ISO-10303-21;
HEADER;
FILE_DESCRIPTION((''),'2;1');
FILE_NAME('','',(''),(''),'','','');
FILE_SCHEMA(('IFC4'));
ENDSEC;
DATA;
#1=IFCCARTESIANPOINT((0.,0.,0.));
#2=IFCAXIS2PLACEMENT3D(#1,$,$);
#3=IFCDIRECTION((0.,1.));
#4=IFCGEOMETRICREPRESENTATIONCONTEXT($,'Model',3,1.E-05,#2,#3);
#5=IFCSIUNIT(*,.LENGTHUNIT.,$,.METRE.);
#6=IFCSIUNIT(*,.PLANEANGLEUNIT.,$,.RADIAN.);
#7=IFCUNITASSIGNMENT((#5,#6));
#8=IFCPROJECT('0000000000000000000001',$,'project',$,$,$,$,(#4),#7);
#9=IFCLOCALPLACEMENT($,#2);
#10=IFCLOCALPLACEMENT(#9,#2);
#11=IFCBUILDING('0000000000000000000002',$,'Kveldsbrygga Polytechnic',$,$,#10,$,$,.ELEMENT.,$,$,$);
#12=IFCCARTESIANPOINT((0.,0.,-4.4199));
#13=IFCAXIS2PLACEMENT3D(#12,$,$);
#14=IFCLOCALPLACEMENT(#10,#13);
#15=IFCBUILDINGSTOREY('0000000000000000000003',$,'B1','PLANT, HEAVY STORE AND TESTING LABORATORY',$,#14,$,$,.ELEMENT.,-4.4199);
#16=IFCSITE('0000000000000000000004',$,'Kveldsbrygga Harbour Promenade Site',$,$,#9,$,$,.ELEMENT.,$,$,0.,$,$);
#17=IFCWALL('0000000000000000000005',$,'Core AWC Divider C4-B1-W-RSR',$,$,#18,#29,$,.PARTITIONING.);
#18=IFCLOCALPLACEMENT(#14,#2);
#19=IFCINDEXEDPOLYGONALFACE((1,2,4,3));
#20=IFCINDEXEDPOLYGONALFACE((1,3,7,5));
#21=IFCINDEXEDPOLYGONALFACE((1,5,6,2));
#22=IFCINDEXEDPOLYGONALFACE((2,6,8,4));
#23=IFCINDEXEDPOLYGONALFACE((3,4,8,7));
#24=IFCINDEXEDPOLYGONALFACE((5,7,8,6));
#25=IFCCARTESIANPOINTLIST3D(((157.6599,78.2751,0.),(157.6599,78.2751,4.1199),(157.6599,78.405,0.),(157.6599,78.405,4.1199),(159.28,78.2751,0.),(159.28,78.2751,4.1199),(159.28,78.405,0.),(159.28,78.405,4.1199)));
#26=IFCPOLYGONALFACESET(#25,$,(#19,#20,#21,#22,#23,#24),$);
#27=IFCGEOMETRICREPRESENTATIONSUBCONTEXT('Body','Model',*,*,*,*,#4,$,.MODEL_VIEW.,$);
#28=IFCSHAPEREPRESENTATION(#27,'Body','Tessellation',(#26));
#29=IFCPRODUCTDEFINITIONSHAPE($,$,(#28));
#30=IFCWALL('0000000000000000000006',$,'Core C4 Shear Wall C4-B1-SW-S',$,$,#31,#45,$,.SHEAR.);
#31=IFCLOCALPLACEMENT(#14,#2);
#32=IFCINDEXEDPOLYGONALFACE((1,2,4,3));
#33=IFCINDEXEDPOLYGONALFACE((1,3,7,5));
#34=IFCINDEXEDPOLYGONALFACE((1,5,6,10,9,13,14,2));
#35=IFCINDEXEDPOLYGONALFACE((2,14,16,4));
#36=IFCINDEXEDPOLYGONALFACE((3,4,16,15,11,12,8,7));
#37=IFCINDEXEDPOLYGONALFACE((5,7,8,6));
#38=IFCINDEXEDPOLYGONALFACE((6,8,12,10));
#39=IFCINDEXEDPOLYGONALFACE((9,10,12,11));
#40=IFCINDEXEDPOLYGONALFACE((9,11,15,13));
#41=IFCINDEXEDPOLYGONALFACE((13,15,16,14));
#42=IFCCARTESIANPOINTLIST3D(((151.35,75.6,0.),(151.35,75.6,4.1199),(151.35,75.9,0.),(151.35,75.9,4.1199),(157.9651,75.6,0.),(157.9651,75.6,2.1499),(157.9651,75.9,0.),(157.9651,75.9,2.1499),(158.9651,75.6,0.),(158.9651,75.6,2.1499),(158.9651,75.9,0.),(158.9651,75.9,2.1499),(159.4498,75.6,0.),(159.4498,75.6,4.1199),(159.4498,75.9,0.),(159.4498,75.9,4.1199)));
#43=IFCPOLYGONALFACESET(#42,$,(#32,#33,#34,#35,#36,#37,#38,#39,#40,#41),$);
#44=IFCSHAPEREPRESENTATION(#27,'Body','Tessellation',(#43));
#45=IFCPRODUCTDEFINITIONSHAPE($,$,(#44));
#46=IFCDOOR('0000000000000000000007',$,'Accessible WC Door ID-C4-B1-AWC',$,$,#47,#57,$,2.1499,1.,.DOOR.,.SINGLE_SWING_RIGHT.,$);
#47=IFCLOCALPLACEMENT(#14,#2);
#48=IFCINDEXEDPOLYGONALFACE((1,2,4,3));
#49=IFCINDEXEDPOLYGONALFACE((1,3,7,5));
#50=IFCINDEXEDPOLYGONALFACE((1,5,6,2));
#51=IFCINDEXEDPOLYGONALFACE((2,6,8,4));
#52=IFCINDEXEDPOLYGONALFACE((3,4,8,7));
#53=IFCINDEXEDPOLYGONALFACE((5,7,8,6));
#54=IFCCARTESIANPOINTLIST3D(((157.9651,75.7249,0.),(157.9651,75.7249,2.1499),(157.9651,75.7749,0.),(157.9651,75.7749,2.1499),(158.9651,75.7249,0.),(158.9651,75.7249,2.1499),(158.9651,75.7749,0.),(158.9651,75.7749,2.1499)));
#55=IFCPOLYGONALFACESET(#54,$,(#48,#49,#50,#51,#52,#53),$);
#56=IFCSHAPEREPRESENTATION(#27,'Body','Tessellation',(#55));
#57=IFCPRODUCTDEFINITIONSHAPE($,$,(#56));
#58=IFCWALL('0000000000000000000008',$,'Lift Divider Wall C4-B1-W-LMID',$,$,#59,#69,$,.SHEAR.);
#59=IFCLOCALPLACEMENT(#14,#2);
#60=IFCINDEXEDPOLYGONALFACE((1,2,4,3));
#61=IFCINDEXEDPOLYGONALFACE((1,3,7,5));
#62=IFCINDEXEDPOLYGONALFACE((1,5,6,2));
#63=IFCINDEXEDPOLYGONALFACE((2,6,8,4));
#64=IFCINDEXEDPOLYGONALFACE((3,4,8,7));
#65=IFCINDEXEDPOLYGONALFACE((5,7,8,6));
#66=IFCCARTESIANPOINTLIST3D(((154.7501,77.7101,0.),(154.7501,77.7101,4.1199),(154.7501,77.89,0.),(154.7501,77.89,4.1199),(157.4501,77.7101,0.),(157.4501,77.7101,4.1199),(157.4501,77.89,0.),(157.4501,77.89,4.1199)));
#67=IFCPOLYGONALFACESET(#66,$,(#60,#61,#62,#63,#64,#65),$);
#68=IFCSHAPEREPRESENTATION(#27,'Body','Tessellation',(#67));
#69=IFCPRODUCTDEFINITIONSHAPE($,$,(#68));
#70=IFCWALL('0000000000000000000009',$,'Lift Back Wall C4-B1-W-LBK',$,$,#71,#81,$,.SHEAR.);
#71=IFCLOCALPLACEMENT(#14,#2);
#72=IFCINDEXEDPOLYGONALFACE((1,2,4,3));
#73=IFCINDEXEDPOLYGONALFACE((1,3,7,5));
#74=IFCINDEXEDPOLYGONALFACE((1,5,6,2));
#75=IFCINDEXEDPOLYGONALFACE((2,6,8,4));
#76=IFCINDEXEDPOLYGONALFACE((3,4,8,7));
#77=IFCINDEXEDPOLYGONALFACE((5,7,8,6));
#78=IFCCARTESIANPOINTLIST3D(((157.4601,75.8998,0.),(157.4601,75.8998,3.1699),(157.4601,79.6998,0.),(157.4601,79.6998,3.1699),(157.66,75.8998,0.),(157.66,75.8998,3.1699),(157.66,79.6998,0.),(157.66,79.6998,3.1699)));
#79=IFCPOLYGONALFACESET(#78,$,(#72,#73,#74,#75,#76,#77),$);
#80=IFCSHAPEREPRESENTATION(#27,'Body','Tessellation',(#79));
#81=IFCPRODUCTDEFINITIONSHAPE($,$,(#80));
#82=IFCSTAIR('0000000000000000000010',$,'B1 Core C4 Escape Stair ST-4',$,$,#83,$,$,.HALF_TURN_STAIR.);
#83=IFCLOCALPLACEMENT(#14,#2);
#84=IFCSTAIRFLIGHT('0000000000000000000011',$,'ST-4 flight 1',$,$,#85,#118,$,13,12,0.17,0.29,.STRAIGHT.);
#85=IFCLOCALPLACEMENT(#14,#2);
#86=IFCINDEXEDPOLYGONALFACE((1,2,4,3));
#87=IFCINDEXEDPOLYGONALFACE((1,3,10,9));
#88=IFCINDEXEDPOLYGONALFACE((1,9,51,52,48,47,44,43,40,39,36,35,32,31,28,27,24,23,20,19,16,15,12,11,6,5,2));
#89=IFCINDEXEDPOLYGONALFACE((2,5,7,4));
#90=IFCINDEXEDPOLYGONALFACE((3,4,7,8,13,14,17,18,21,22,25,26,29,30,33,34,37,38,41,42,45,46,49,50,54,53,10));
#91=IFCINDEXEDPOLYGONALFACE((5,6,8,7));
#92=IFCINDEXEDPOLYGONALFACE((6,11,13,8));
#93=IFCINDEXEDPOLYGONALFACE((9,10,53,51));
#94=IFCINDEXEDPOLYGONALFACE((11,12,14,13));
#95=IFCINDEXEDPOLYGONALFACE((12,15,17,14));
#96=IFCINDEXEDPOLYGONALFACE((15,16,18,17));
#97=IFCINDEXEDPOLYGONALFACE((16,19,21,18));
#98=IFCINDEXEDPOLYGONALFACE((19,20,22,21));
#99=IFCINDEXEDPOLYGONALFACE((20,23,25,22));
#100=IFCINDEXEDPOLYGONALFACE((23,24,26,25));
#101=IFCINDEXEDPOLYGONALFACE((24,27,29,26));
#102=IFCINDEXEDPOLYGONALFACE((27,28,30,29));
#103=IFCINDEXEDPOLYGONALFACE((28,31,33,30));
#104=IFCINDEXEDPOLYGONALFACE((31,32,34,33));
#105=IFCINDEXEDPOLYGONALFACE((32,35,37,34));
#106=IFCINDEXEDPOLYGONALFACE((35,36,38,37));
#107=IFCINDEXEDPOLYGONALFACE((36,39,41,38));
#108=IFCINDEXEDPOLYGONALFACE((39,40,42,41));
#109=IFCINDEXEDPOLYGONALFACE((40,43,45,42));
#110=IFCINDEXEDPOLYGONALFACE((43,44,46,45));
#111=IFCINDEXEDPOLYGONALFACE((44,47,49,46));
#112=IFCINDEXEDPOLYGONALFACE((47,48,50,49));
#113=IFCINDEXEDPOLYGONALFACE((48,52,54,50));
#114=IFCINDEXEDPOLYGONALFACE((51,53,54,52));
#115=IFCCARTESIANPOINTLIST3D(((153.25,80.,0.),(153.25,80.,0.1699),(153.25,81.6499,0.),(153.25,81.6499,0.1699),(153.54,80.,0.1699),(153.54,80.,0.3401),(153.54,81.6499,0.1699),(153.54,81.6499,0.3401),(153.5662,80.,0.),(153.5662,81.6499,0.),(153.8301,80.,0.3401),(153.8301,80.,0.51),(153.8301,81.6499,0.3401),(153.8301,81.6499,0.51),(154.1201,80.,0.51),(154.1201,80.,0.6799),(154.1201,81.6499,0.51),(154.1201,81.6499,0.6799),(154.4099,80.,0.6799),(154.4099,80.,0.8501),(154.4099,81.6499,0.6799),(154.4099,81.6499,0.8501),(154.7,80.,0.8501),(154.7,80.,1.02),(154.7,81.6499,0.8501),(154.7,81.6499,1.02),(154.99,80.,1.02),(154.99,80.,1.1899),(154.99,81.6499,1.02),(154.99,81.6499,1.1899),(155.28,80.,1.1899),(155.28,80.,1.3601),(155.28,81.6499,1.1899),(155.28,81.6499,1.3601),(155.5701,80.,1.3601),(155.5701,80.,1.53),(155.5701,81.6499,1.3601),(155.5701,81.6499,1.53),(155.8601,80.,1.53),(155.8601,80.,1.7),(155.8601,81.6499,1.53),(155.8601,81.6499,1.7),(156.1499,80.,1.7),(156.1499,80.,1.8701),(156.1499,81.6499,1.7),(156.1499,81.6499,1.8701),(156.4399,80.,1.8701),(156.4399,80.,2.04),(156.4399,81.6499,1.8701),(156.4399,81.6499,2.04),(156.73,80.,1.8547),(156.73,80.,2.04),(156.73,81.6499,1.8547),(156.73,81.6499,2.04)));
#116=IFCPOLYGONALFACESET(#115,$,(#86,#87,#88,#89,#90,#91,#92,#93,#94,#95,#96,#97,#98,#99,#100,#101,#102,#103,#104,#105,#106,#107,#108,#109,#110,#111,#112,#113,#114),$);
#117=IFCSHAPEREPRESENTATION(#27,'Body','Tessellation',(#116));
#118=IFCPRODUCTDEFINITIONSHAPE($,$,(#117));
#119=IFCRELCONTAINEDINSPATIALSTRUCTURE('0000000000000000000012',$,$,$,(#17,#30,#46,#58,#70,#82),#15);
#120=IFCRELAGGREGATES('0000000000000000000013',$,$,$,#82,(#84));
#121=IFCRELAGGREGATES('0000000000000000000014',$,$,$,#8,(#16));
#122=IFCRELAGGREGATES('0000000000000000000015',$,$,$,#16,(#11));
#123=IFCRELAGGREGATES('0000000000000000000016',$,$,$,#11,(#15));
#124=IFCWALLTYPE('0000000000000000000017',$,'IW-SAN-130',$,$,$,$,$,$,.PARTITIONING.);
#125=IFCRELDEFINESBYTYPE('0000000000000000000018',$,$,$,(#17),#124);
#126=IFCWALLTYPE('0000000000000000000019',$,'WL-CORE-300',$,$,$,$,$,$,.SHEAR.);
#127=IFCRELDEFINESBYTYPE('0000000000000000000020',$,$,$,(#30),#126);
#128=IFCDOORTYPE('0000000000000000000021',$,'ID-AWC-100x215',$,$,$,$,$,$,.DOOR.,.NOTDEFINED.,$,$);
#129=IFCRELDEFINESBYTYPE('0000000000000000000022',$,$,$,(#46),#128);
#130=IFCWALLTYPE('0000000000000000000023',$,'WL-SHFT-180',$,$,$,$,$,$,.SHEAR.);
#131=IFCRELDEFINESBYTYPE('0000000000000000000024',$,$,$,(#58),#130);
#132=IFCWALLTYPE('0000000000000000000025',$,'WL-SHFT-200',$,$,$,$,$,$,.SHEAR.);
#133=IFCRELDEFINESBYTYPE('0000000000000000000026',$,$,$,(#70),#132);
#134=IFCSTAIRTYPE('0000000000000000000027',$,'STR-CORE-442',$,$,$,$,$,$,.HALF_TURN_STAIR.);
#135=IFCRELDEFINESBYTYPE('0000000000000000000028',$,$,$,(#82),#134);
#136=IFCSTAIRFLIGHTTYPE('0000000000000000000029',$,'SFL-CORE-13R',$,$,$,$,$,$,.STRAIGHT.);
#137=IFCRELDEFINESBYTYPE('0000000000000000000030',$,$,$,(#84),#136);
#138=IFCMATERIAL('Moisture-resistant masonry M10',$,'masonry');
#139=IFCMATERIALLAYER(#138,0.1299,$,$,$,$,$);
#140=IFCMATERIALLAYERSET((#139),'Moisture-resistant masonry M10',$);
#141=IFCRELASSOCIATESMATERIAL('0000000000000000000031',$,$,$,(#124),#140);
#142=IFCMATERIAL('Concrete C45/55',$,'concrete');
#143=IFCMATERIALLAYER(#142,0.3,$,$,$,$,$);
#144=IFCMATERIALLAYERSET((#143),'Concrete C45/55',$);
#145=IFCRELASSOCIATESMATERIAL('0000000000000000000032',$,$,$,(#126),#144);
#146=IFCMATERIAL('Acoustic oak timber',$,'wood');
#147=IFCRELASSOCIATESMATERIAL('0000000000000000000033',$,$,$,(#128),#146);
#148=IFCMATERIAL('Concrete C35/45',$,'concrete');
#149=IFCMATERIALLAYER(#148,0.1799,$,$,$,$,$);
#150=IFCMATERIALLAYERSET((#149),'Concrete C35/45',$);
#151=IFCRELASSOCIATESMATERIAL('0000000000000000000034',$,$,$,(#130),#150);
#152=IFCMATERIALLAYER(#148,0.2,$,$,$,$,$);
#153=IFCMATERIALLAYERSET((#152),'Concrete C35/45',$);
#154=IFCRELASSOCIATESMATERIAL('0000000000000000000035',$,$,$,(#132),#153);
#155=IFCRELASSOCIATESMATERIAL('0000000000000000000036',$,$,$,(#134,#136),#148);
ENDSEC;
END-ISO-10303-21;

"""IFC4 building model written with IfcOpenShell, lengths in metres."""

from ifc_helpers import new_model, si_unit, direction, frame, frame_2d, origin, place, context, subcontext, project, spatial, polyline, rectangle, outline, extrude, material, layer, layer_set, type_object, element, fill, aggregate, save


model = new_model("IFC4")

# Units and contexts
model_context = context("Model", 3, precision=1e-05, world=origin(), true_north=direction((0.0, 1.0)))
body_context = subcontext(model_context, "Body", "Model", "MODEL_VIEW")
ifc_project = project(units=[si_unit("LENGTHUNIT", "METRE"), si_unit("PLANEANGLEUNIT", "RADIAN")], contexts=[model_context])

# Site, building, storey
site_placement = place(None, origin())
site = spatial("IfcSite", under=ifc_project, at=site_placement, Name="Kveldsbrygga Harbour Promenade Site", CompositionType="ELEMENT", RefElevation=0.0)
building_placement = place(site_placement, origin())
building = spatial("IfcBuilding", under=site, at=building_placement, Name="Kveldsbrygga Polytechnic", CompositionType="ELEMENT")
storey_placement = place(building_placement, frame((0.0, 0.0, -4.4199)))
storey = spatial("IfcBuildingStorey", under=building, at=storey_placement, Name="B1", Description="PLANT, HEAVY STORE AND TESTING LABORATORY", CompositionType="ELEMENT", Elevation=-4.4199)

# Shared definitions
ifc_material_1 = material(Name="Concrete C45/55", Category="concrete")

# Shared definitions
ifc_material_2 = material(Name="Concrete C35/45", Category="concrete")

# Wall
ifc_material_3 = material(Name="Moisture-resistant masonry M10", Category="masonry")
ifc_layer_1 = layer(ifc_material_3, 0.1299)
ifc_layer_set_1 = layer_set([ifc_layer_1], Name="Moisture-resistant masonry M10")
wall_type_1 = type_object("IfcWallType", Name="IW-SAN-130", PredefinedType="PARTITIONING", material=ifc_layer_set_1)
wall_1_placement = place(storey_placement, frame((157.6599, 78.3401, 0.0), z_axis=(0.0, 0.0, 1.0), x_axis=(1.0, 0.0, 0.0)))
element("IfcWall", 1, at=wall_1_placement, inside=storey, type_object=wall_type_1, Name="Core AWC Divider C4-B1-W-RSR", PredefinedType="PARTITIONING", context=body_context, shape_type="SweptSolid", body=[
    extrude(rectangle(XDim=1.6201, YDim=0.1299, at=frame_2d((0.8101, 0.0))), origin(), (0.0, 0.0, 1.0), 4.1199),
])

# Wall, opening, door
ifc_layer_2 = layer(ifc_material_1, 0.3)
ifc_layer_set_2 = layer_set([ifc_layer_2], Name="Concrete C45/55")
wall_type_2 = type_object("IfcWallType", Name="WL-CORE-300", PredefinedType="SHEAR", material=ifc_layer_set_2)
wall_2_placement = place(storey_placement, frame((151.3501, 75.75, 0.0), z_axis=(0.0, 0.0, 1.0), x_axis=(1.0, 0.0, 0.0)))
wall_2 = element("IfcWall", 2, at=wall_2_placement, inside=storey, type_object=wall_type_2, Name="Core C4 Shear Wall C4-B1-SW-S", PredefinedType="SHEAR", context=body_context, shape_type="SweptSolid", body=[
    extrude(rectangle(XDim=8.0999, YDim=0.3, at=frame_2d((4.0498, 0.0))), origin(), (0.0, 0.0, 1.0), 4.1199),
])
opening_1_placement = place(wall_2_placement, frame((6.615, 0.0, 0.0)))
opening_1 = element("IfcOpeningElement", 3, at=opening_1_placement, cuts=wall_2, PredefinedType="OPENING", context=body_context, shape_type="SweptSolid", body=[
    extrude(rectangle(XDim=1.0, YDim=2.1499, at=frame_2d((0.5, 1.075))), frame((0.0, 0.1602, 0.0), z_axis=(0.0, -1.0, 0.0), x_axis=(1.0, 0.0, 0.0)), (0.0, 0.0, 1.0), 0.3201),
])
ifc_material_4 = material(Name="Acoustic oak timber", Category="wood")
door_type_1 = type_object("IfcDoorType", Name="ID-AWC-100x215", OperationType="NOTDEFINED", PredefinedType="DOOR", material=ifc_material_4)
door_1_placement = place(opening_1_placement, origin())
door_1 = element("IfcDoor", 4, at=door_1_placement, inside=storey, type_object=door_type_1, Name="Accessible WC Door ID-C4-B1-AWC", OperationType="SINGLE_SWING_RIGHT", OverallHeight=2.1499, OverallWidth=1.0, PredefinedType="DOOR", context=body_context, shape_type="SweptSolid", body=[
    extrude(rectangle(XDim=1.0, YDim=2.1499, at=frame_2d((0.5, 1.075))), frame((0.0, 0.0249, 0.0), z_axis=(0.0, -1.0, 0.0), x_axis=(1.0, 0.0, 0.0)), (0.0, 0.0, 1.0), 0.05),
])
fill(opening_1, door_1)

# Wall
ifc_layer_3 = layer(ifc_material_2, 0.1799)
ifc_layer_set_3 = layer_set([ifc_layer_3], Name="Concrete C35/45")
wall_type_3 = type_object("IfcWallType", Name="WL-SHFT-180", PredefinedType="SHEAR", material=ifc_layer_set_3)
wall_3_placement = place(storey_placement, frame((154.75, 77.8, 0.0), z_axis=(0.0, 0.0, 1.0), x_axis=(1.0, 0.0, 0.0)))
element("IfcWall", 5, at=wall_3_placement, inside=storey, type_object=wall_type_3, Name="Lift Divider Wall C4-B1-W-LMID", PredefinedType="SHEAR", context=body_context, shape_type="SweptSolid", body=[
    extrude(rectangle(XDim=2.7, YDim=0.1799, at=frame_2d((1.3501, 0.0))), origin(), (0.0, 0.0, 1.0), 4.1199),
])

# Shared definitions
ifc_layer_4 = layer(ifc_material_2, 0.2)
ifc_layer_set_4 = layer_set([ifc_layer_4], Name="Concrete C35/45")
wall_type_4 = type_object("IfcWallType", Name="WL-SHFT-200", PredefinedType="SHEAR", material=ifc_layer_set_4)

# Wall
wall_4_placement = place(storey_placement, frame((157.5601, 75.8999, 0.0), z_axis=(0.0, 0.0, 1.0), x_axis=(0.0, 1.0, 0.0)))
element("IfcWall", 6, at=wall_4_placement, inside=storey, type_object=wall_type_4, Name="Lift Back Wall C4-B1-W-LBK", PredefinedType="SHEAR", context=body_context, shape_type="SweptSolid", body=[
    extrude(rectangle(XDim=3.8, YDim=0.2, at=frame_2d((1.8999, 0.0))), origin(), (0.0, 0.0, 1.0), 3.1699),
])

# Stair, stair flight
stair_type = type_object("IfcStairType", Name="STR-CORE-442", PredefinedType="HALF_TURN_STAIR", material=ifc_material_2)
stair_placement = place(storey_placement, origin())
stair = element("IfcStair", 7, at=stair_placement, inside=storey, type_object=stair_type, Name="B1 Core C4 Escape Stair ST-4", PredefinedType="HALF_TURN_STAIR")
stair_flight_type = type_object("IfcStairFlightType", Name="SFL-CORE-13R", PredefinedType="STRAIGHT", material=ifc_material_2)
stair_flight_placement = place(storey_placement, frame((153.25, 80.825, 0.0), z_axis=(0.0, 0.0, 1.0), x_axis=(1.0, 0.0, 0.0)))
stair_flight = element("IfcStairFlight", 8, at=stair_flight_placement, type_object=stair_flight_type, Name="ST-4 flight 1", NumberOfRisers=13, NumberOfTreads=12, PredefinedType="STRAIGHT", RiserHeight=0.17, TreadLength=0.29, context=body_context, shape_type="SweptSolid", body=[
    extrude(outline(polyline([(0.0, 0.0), (0.0, 0.1699), (0.29, 0.1699), (0.29, 0.3401), (0.5801, 0.3401), (0.5801, 0.51), (0.8701, 0.51), (0.8701, 0.6799), (1.1599, 0.6799), (1.1599, 0.8501), (1.45, 0.8501), (1.45, 1.02), (1.74, 1.02), (1.74, 1.1899), (2.03, 1.1899), (2.03, 1.3601), (2.3201, 1.3601), (2.3201, 1.53), (2.6101, 1.53), (2.6101, 1.7), (2.8999, 1.7), (2.8999, 1.8701), (3.1899, 1.8701), (3.1899, 2.04), (3.48, 2.04), (3.48, 2.21), (3.48, 1.8547), (0.3162, 0.0), (0.0, 0.0)])), frame((0.0, 0.825, 0.0), z_axis=(0.0, -1.0, 0.0), x_axis=(1.0, 0.0, 0.0)), (0.0, 0.0, 1.0), 1.6499),
])
aggregate(stair, [stair_flight])

save(model, "model.ifc")
